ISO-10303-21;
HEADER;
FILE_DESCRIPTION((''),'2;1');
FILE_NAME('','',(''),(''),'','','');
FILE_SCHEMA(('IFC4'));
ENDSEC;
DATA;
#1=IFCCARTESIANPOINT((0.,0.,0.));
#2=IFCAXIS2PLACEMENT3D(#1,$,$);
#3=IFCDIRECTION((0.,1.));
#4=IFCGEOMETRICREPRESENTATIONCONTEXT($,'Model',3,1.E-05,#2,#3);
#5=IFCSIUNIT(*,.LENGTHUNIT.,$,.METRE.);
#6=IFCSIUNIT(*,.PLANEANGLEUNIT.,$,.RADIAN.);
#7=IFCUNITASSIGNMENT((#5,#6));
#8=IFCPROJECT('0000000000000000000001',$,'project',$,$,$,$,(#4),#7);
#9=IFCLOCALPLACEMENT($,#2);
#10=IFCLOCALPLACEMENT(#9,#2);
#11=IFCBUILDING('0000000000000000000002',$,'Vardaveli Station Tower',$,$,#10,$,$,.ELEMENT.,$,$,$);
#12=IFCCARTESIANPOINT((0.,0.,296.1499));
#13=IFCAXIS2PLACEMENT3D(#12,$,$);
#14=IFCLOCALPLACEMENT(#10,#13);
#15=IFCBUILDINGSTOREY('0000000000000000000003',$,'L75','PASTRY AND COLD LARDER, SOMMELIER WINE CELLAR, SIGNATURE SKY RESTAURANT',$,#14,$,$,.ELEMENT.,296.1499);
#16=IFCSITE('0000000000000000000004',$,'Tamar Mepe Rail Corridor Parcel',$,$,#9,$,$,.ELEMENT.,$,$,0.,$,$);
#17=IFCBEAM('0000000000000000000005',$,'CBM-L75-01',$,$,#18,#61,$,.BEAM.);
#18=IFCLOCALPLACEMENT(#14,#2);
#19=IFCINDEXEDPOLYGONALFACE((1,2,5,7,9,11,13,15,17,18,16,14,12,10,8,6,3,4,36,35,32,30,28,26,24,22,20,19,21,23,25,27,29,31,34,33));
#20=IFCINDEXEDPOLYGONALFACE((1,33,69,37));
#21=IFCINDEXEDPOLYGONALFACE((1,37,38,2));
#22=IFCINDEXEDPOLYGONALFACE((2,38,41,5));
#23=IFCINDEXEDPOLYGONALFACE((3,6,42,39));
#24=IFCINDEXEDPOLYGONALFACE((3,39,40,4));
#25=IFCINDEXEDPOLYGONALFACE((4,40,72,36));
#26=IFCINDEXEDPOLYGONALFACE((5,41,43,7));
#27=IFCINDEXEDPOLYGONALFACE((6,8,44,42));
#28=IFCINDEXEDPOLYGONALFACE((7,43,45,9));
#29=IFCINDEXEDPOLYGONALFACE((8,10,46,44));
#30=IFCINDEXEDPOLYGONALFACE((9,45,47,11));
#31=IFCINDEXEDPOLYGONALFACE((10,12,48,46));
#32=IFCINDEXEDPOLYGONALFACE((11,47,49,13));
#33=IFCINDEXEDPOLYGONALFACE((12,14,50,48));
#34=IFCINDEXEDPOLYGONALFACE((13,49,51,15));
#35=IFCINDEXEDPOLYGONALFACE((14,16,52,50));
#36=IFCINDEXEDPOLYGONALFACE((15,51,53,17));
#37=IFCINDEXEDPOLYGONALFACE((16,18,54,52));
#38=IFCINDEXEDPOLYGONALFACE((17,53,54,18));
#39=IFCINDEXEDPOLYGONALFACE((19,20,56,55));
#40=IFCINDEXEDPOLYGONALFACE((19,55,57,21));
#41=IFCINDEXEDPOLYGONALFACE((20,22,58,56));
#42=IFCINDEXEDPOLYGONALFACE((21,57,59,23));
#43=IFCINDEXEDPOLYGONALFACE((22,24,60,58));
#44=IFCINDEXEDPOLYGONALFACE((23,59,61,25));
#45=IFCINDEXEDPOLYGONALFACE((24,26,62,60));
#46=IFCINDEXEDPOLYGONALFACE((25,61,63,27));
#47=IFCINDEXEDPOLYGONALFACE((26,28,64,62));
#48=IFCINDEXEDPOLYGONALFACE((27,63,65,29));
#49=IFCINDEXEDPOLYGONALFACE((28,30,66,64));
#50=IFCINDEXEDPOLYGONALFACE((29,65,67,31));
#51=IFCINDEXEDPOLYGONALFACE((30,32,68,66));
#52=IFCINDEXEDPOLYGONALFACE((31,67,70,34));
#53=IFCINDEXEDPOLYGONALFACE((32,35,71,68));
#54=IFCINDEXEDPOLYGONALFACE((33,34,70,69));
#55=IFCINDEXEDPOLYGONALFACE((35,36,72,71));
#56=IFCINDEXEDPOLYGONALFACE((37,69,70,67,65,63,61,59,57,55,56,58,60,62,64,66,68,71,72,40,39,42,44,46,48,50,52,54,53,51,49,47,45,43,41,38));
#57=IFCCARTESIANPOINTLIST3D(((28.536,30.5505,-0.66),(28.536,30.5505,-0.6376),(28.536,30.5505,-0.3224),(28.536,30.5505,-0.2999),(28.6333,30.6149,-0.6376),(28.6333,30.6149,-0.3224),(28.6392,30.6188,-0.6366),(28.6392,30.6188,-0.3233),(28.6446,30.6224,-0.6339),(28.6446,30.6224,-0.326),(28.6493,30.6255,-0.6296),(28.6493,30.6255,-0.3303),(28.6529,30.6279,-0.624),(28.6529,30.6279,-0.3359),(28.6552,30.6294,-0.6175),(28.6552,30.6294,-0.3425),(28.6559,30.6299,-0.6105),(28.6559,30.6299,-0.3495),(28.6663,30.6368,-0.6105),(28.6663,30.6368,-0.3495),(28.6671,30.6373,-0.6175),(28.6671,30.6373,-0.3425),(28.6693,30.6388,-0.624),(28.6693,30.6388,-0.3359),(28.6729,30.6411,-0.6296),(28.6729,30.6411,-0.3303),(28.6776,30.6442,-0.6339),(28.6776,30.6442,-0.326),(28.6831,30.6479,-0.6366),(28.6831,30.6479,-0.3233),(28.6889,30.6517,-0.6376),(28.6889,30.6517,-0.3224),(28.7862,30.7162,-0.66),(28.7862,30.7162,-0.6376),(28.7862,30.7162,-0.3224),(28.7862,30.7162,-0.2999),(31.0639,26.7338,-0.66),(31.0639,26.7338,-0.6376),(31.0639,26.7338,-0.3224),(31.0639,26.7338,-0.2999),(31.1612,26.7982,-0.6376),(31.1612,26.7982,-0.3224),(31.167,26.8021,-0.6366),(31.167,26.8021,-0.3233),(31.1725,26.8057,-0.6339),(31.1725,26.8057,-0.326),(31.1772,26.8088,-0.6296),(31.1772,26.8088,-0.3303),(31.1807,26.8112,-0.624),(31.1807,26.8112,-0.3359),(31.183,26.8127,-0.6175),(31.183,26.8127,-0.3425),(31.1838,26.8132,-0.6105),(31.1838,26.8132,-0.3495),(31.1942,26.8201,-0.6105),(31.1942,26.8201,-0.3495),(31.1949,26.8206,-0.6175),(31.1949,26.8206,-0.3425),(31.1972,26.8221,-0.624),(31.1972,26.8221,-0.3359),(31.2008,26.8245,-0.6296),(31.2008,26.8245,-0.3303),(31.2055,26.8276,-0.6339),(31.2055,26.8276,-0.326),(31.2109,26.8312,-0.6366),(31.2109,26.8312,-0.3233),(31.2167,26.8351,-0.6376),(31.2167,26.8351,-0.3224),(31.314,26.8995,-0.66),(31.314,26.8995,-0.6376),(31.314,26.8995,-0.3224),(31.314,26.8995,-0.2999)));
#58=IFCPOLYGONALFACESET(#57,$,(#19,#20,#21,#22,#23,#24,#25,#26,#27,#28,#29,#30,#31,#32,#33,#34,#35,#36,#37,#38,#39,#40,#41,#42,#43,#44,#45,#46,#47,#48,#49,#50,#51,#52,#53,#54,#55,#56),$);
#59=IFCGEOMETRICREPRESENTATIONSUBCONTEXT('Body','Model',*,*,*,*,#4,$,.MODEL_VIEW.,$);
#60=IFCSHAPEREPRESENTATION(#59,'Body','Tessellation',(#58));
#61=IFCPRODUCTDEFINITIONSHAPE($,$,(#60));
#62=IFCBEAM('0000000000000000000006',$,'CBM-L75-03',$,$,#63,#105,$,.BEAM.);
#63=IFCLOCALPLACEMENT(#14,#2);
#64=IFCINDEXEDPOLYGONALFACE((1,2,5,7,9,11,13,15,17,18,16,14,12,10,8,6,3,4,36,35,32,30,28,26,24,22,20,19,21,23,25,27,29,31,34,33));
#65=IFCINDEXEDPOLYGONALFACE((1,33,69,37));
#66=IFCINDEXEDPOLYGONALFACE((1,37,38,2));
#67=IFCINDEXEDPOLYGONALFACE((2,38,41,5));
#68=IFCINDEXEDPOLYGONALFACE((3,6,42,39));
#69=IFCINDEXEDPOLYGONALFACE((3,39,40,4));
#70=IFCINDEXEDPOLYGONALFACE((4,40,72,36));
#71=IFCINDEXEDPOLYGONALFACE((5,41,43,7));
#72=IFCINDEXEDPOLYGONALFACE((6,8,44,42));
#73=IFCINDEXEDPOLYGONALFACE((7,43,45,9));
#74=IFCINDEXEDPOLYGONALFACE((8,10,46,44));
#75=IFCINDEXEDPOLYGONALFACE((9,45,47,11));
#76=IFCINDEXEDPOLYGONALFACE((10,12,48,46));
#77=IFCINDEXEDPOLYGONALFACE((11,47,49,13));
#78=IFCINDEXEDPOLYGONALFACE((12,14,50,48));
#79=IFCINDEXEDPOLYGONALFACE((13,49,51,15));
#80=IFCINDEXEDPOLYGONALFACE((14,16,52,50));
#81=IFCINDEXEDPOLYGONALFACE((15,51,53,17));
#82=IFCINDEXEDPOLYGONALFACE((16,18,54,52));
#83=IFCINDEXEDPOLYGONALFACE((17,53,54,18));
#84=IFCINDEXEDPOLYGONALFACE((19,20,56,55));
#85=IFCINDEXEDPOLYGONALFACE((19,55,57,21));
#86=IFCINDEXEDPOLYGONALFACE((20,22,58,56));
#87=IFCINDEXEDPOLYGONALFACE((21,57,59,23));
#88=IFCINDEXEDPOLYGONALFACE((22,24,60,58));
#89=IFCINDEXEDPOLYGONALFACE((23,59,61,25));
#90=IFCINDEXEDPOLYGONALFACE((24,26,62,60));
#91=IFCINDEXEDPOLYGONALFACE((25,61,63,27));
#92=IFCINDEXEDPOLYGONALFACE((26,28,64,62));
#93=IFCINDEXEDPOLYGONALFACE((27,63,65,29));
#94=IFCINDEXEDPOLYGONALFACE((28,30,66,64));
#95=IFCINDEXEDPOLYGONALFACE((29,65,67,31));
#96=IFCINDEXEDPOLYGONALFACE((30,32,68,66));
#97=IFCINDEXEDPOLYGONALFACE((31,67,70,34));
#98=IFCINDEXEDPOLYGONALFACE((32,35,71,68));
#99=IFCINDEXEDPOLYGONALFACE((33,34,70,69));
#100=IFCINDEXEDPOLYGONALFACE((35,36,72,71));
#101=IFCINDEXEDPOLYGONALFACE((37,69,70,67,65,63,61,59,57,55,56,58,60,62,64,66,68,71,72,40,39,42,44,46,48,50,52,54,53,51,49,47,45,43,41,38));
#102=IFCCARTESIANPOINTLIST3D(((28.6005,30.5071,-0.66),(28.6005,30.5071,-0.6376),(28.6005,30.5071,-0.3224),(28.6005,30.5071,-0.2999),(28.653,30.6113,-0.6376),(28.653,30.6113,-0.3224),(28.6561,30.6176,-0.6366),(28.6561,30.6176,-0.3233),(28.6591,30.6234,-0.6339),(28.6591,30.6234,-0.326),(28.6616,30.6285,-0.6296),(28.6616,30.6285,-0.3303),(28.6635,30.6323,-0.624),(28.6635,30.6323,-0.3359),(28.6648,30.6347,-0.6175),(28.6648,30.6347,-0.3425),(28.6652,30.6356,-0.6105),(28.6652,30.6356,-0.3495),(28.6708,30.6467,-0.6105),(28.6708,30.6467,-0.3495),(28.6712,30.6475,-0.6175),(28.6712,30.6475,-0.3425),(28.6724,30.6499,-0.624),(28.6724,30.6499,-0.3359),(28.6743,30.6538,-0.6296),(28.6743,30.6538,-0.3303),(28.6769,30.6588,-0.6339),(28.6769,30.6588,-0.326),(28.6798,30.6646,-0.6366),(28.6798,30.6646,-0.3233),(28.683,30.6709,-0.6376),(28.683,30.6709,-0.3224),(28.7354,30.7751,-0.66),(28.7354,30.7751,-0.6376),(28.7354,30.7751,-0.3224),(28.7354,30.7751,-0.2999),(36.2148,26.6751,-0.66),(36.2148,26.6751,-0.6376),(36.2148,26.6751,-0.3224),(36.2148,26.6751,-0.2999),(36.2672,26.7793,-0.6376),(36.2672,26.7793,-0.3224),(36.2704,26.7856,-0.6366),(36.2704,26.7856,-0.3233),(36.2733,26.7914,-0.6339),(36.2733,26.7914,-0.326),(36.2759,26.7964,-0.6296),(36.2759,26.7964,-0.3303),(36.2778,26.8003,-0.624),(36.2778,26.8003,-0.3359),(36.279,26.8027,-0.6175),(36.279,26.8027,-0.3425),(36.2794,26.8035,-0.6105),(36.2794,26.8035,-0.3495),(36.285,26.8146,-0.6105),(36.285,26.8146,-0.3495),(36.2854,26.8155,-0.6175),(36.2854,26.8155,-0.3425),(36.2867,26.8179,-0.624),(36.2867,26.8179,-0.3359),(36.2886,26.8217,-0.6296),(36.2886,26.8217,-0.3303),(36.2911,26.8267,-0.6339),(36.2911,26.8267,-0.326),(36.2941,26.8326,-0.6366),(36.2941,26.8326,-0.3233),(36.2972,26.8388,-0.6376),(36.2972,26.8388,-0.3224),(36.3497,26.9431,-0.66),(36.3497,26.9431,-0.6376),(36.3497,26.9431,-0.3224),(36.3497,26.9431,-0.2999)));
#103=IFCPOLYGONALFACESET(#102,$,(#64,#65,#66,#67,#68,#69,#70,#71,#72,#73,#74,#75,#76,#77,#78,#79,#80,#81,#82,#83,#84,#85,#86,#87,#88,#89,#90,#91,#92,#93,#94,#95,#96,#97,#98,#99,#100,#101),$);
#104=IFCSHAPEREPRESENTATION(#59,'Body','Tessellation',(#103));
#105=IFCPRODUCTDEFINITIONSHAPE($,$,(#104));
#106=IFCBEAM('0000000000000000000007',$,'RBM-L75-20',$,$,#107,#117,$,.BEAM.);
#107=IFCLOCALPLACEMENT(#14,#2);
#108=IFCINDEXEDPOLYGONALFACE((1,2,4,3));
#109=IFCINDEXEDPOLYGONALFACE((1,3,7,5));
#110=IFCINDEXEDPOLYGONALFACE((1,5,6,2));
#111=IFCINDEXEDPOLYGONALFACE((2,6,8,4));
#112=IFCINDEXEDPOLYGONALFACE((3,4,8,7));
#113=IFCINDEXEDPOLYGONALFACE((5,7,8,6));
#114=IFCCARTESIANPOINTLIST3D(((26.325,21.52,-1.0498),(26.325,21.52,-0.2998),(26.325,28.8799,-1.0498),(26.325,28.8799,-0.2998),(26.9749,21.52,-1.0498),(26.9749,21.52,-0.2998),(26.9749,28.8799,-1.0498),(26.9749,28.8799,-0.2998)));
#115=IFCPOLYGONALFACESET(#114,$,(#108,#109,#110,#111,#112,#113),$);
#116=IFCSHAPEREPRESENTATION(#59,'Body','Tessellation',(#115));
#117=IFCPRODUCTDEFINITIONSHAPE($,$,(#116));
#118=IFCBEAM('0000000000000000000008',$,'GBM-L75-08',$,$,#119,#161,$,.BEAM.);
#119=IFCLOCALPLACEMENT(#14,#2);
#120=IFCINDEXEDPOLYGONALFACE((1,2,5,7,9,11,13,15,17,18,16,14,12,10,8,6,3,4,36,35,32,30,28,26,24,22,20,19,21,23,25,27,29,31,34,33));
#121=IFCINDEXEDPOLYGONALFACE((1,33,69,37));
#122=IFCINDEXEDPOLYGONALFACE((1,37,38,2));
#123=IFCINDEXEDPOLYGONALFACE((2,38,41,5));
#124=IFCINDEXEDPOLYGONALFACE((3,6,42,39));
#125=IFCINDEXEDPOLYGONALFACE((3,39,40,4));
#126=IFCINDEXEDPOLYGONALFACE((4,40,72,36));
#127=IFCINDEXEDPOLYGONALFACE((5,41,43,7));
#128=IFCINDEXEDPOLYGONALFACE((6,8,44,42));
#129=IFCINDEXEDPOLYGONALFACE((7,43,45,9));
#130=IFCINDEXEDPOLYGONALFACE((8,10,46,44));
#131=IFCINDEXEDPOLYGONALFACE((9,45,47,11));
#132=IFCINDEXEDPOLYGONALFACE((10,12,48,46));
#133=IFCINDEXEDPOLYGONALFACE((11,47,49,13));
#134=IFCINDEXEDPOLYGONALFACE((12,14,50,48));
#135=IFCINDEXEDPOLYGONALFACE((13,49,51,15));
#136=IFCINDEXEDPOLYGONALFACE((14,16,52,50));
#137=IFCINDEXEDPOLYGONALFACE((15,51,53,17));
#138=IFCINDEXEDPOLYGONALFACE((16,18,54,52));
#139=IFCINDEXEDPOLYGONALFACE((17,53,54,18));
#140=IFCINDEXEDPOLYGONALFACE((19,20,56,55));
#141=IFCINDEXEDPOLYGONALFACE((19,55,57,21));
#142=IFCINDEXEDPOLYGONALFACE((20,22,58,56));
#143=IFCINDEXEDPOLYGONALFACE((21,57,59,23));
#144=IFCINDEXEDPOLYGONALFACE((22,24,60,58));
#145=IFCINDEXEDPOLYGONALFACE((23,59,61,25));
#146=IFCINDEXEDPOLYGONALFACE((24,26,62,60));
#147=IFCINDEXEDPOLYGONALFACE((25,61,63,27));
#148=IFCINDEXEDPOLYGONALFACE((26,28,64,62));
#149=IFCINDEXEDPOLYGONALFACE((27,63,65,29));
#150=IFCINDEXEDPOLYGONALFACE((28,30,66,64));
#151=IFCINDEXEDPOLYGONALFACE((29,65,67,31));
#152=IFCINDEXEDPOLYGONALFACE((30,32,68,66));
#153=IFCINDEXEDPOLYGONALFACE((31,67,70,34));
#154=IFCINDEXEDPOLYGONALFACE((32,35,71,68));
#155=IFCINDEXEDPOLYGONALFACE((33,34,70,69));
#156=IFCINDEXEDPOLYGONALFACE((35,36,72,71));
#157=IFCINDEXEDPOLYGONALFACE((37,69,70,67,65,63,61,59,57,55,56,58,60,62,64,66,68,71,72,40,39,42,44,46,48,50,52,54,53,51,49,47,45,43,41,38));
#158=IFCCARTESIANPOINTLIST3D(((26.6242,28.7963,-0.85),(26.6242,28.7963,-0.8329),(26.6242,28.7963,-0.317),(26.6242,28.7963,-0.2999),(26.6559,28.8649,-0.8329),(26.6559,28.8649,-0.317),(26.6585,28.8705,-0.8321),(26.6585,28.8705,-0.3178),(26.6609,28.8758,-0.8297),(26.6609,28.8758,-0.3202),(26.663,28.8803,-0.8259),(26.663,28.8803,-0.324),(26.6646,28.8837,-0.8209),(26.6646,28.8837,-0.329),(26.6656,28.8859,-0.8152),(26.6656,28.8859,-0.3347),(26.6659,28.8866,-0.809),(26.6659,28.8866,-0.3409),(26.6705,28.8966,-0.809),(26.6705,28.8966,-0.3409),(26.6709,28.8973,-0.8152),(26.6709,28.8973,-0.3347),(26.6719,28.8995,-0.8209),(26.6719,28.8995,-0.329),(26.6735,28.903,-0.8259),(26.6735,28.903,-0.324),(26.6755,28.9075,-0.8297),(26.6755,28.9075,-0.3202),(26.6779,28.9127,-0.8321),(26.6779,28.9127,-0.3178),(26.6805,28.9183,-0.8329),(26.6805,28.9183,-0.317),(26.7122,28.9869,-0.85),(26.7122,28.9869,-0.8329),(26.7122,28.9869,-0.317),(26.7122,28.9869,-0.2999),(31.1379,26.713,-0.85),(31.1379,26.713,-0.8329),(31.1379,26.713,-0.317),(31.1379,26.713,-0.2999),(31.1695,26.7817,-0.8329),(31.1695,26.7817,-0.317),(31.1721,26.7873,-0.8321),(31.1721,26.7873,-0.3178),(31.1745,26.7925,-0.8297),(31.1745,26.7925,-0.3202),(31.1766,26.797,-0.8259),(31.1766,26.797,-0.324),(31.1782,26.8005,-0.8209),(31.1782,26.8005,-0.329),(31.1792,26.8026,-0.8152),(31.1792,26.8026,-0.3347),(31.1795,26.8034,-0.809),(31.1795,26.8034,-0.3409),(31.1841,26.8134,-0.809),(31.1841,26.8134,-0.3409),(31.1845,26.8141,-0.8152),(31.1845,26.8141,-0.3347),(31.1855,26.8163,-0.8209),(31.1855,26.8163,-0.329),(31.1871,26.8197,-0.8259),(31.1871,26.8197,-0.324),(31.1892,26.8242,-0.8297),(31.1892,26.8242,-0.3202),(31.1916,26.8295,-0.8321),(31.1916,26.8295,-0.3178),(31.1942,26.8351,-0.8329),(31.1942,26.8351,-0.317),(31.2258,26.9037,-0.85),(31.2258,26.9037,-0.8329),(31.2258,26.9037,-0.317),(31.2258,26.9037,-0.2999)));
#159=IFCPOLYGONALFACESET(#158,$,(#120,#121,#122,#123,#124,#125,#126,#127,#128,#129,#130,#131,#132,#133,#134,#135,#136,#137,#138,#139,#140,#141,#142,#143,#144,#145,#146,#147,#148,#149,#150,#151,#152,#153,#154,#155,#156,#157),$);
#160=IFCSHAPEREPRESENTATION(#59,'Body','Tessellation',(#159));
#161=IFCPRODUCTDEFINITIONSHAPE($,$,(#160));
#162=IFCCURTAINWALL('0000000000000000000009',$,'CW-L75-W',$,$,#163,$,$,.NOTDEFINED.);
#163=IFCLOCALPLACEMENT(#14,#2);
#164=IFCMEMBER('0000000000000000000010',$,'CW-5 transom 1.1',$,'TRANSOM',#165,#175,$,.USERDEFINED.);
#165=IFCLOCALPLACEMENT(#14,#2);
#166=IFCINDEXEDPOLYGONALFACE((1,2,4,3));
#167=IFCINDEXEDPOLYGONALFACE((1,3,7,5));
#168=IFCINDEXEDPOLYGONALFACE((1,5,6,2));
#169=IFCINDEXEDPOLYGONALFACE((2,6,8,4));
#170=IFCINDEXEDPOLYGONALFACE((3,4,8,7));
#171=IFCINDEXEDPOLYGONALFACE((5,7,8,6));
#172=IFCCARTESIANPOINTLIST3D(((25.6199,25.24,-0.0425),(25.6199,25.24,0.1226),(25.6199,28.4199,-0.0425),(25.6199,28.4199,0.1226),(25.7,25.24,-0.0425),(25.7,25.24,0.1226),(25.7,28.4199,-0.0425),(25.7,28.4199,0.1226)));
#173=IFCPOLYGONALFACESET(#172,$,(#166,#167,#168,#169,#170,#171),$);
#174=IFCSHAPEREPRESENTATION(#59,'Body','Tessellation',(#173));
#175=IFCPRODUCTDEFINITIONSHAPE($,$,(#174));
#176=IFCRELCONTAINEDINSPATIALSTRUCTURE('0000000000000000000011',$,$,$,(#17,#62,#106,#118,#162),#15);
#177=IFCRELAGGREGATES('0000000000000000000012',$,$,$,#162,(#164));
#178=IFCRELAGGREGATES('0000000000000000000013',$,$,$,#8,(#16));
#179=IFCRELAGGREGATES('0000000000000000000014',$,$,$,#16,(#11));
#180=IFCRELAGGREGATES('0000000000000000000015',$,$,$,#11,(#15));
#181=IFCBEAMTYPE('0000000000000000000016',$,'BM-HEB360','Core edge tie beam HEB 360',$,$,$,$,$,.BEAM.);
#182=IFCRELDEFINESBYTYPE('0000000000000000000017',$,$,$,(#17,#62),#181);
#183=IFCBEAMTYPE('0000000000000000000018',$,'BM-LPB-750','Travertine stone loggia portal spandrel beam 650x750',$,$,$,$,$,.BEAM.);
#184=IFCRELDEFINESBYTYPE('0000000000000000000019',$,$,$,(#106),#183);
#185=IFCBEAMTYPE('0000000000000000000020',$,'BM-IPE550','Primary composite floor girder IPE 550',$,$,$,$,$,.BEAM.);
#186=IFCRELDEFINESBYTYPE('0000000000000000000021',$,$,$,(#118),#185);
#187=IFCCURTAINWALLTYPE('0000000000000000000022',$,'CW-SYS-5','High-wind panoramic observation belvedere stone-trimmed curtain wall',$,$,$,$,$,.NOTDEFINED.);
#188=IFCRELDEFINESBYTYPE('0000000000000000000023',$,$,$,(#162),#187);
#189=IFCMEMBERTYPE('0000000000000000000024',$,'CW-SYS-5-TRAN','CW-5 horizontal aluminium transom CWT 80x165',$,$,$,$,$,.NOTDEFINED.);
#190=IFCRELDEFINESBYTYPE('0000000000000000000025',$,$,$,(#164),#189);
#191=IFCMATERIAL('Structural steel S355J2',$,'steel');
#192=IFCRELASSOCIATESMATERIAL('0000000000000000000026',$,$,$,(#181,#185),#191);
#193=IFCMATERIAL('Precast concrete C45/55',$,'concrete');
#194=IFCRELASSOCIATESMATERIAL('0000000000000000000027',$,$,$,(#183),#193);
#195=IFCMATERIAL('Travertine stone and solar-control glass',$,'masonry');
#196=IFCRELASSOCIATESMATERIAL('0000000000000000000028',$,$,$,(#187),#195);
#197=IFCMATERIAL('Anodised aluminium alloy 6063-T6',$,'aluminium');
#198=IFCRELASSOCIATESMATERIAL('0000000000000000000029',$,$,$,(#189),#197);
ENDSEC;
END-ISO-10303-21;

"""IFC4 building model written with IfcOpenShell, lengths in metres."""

from ifc_helpers import new_model, si_unit, direction, frame, origin, origin_2d, place, context, subcontext, project, spatial, rectangle, i_section, extrude, source, transform, mapped, material, material_profile, profile_set, type_object, element, aggregate, save


model = new_model("IFC4")

# Units and contexts
model_context = context("Model", 3, precision=1e-05, world=origin(), true_north=direction((0.0, 1.0)))
body_context = subcontext(model_context, "Body", "Model", "MODEL_VIEW")
ifc_project = project(units=[si_unit("LENGTHUNIT", "METRE"), si_unit("PLANEANGLEUNIT", "RADIAN")], contexts=[model_context])

# Site, building, storey
site_placement = place(None, origin())
site = spatial("IfcSite", under=ifc_project, at=site_placement, Name="Tamar Mepe Rail Corridor Parcel", CompositionType="ELEMENT", RefElevation=0.0)
building_placement = place(site_placement, origin())
building = spatial("IfcBuilding", under=site, at=building_placement, Name="Vardaveli Station Tower", CompositionType="ELEMENT")
storey_placement = place(building_placement, frame((0.0, 0.0, 296.1499)))
storey = spatial("IfcBuildingStorey", under=building, at=storey_placement, Name="L75", Description="PASTRY AND COLD LARDER, SOMMELIER WINE CELLAR, SIGNATURE SKY RESTAURANT", CompositionType="ELEMENT", Elevation=296.1499)

# Shared definitions
ifc_material_1 = material(Name="Structural steel S355J2", Category="steel")

# Beams
ifc_material_profile_1 = material_profile(ifc_material_1, i_section(OverallWidth=0.3, OverallDepth=0.3601, WebThickness=0.0125, FlangeThickness=0.0225, FilletRadius=0.0271, at=origin_2d()), Name="HEB 360")
ifc_profile_set_1 = profile_set([ifc_material_profile_1], Name="Structural steel S355J2")
beam_type_1 = type_object("IfcBeamType", Name="BM-HEB360", Description="Core edge tie beam HEB 360", PredefinedType="BEAM", material=ifc_profile_set_1)
shared_shape_1 = source(origin(), body_context, "Body", "SweptSolid", [
    extrude(i_section(OverallWidth=0.3, OverallDepth=0.3601, WebThickness=0.0125, FlangeThickness=0.0225, FilletRadius=0.0271, at=origin_2d()), origin(), (0.0, 0.0, 1.0), 4.5779),
])
beam_1_placement = place(storey_placement, frame((31.189, 26.8167, -0.48), z_axis=(-0.552187, 0.83372, 0.0), x_axis=(-0.83372, -0.552187, 0.0)))
element("IfcBeam", 1, at=beam_1_placement, inside=storey, type_object=beam_type_1, Name="CBM-L75-01", PredefinedType="BEAM", context=body_context, shape_type="MappedRepresentation", body=[
    mapped(shared_shape_1, transform((0.0, 0.0, 0.0), scale=1.0)),
])
shared_shape_2 = source(origin(), body_context, "Body", "SweptSolid", [
    extrude(i_section(OverallWidth=0.3, OverallDepth=0.3601, WebThickness=0.0125, FlangeThickness=0.0225, FilletRadius=0.0271, at=origin_2d()), origin(), (0.0, 0.0, 1.0), 8.5242),
])
beam_2_placement = place(storey_placement, frame((28.668, 30.6411, -0.48), z_axis=(0.893256, -0.449549, 0.0), x_axis=(0.449549, 0.893256, 0.0)))
element("IfcBeam", 2, at=beam_2_placement, inside=storey, type_object=beam_type_1, Name="CBM-L75-03", PredefinedType="BEAM", context=body_context, shape_type="MappedRepresentation", body=[
    mapped(shared_shape_2, transform((0.0, 0.0, 0.0), scale=1.0)),
])
ifc_material_2 = material(Name="Precast concrete C45/55", Category="concrete")
ifc_material_profile_2 = material_profile(ifc_material_2, rectangle(XDim=0.6499, YDim=0.75, at=origin_2d()), Name="LPB 650x750")
ifc_profile_set_2 = profile_set([ifc_material_profile_2], Name="Precast concrete C45/55")
beam_type_2 = type_object("IfcBeamType", Name="BM-LPB-750", Description="Travertine stone loggia portal spandrel beam 650x750", PredefinedType="BEAM", material=ifc_profile_set_2)
shared_shape_3 = source(origin(), body_context, "Body", "SweptSolid", [
    extrude(rectangle(XDim=0.6499, YDim=0.75, at=origin_2d()), origin(), (0.0, 0.0, 1.0), 7.3599),
])
beam_3_placement = place(storey_placement, frame((26.6499, 28.8799, -0.6748), z_axis=(0.0, -1.0, 0.0), x_axis=(1.0, 0.0, 0.0)))
element("IfcBeam", 3, at=beam_3_placement, inside=storey, type_object=beam_type_2, Name="RBM-L75-20", PredefinedType="BEAM", context=body_context, shape_type="MappedRepresentation", body=[
    mapped(shared_shape_3, transform((0.0, 0.0, 0.0), scale=1.0)),
])
ifc_material_profile_3 = material_profile(ifc_material_1, i_section(OverallWidth=0.21, OverallDepth=0.55, WebThickness=0.011, FlangeThickness=0.0171, FilletRadius=0.0239, at=origin_2d()), Name="IPE 550")
ifc_profile_set_3 = profile_set([ifc_material_profile_3], Name="Structural steel S355J2")
beam_type_3 = type_object("IfcBeamType", Name="BM-IPE550", Description="Primary composite floor girder IPE 550", PredefinedType="BEAM", material=ifc_profile_set_3)
shared_shape_4 = source(origin(), body_context, "Body", "SweptSolid", [
    extrude(i_section(OverallWidth=0.21, OverallDepth=0.55, WebThickness=0.011, FlangeThickness=0.0171, FilletRadius=0.0239, at=origin_2d()), origin(), (0.0, 0.0, 1.0), 4.9712),
])
beam_4_placement = place(storey_placement, frame((26.6682, 28.8916, -0.575), z_axis=(0.907958, -0.419061, 0.0), x_axis=(0.419061, 0.907958, 0.0)))
element("IfcBeam", 4, at=beam_4_placement, inside=storey, type_object=beam_type_3, Name="GBM-L75-08", PredefinedType="BEAM", context=body_context, shape_type="MappedRepresentation", body=[
    mapped(shared_shape_4, transform((0.0, 0.0, 0.0), scale=1.0)),
])

# Curtain wall, member
ifc_material_3 = material(Name="Travertine stone and solar-control glass", Category="masonry")
curtain_wall_type = type_object("IfcCurtainWallType", Name="CW-SYS-5", Description="High-wind panoramic observation belvedere stone-trimmed curtain wall", PredefinedType="NOTDEFINED", material=ifc_material_3)
curtain_wall_placement = place(storey_placement, origin())
curtain_wall = element("IfcCurtainWall", 5, at=curtain_wall_placement, inside=storey, type_object=curtain_wall_type, Name="CW-L75-W", PredefinedType="NOTDEFINED")
ifc_material_4 = material(Name="Anodised aluminium alloy 6063-T6", Category="aluminium")
ifc_material_profile_4 = material_profile(ifc_material_4, rectangle(XDim=0.0801, YDim=0.165, at=origin_2d()), Name="CWT 80x165")
ifc_profile_set_4 = profile_set([ifc_material_profile_4], Name="Anodised aluminium alloy 6063-T6")
member_type_1 = type_object("IfcMemberType", Name="CW-SYS-5-TRAN", Description="CW-5 horizontal aluminium transom CWT 80x165", PredefinedType="NOTDEFINED", material=ifc_profile_set_4)
shared_shape_5 = source(origin(), body_context, "Body", "SweptSolid", [
    extrude(rectangle(XDim=0.0801, YDim=0.165, at=origin_2d()), origin(), (0.0, 0.0, 1.0), 3.1799),
])
member_1_placement = place(storey_placement, frame((25.6599, 28.4199, 0.04), z_axis=(0.0, -1.0, 0.0), x_axis=(1.0, 0.0, 0.0)))
member_1 = element("IfcMember", 6, at=member_1_placement, type_object=member_type_1, Name="CW-5 transom 1.1", ObjectType="TRANSOM", PredefinedType="USERDEFINED", context=body_context, shape_type="MappedRepresentation", body=[
    mapped(shared_shape_5, transform((0.0, 0.0, 0.0), scale=1.0)),
])
aggregate(curtain_wall, [member_1])

save(model, "model.ifc")
